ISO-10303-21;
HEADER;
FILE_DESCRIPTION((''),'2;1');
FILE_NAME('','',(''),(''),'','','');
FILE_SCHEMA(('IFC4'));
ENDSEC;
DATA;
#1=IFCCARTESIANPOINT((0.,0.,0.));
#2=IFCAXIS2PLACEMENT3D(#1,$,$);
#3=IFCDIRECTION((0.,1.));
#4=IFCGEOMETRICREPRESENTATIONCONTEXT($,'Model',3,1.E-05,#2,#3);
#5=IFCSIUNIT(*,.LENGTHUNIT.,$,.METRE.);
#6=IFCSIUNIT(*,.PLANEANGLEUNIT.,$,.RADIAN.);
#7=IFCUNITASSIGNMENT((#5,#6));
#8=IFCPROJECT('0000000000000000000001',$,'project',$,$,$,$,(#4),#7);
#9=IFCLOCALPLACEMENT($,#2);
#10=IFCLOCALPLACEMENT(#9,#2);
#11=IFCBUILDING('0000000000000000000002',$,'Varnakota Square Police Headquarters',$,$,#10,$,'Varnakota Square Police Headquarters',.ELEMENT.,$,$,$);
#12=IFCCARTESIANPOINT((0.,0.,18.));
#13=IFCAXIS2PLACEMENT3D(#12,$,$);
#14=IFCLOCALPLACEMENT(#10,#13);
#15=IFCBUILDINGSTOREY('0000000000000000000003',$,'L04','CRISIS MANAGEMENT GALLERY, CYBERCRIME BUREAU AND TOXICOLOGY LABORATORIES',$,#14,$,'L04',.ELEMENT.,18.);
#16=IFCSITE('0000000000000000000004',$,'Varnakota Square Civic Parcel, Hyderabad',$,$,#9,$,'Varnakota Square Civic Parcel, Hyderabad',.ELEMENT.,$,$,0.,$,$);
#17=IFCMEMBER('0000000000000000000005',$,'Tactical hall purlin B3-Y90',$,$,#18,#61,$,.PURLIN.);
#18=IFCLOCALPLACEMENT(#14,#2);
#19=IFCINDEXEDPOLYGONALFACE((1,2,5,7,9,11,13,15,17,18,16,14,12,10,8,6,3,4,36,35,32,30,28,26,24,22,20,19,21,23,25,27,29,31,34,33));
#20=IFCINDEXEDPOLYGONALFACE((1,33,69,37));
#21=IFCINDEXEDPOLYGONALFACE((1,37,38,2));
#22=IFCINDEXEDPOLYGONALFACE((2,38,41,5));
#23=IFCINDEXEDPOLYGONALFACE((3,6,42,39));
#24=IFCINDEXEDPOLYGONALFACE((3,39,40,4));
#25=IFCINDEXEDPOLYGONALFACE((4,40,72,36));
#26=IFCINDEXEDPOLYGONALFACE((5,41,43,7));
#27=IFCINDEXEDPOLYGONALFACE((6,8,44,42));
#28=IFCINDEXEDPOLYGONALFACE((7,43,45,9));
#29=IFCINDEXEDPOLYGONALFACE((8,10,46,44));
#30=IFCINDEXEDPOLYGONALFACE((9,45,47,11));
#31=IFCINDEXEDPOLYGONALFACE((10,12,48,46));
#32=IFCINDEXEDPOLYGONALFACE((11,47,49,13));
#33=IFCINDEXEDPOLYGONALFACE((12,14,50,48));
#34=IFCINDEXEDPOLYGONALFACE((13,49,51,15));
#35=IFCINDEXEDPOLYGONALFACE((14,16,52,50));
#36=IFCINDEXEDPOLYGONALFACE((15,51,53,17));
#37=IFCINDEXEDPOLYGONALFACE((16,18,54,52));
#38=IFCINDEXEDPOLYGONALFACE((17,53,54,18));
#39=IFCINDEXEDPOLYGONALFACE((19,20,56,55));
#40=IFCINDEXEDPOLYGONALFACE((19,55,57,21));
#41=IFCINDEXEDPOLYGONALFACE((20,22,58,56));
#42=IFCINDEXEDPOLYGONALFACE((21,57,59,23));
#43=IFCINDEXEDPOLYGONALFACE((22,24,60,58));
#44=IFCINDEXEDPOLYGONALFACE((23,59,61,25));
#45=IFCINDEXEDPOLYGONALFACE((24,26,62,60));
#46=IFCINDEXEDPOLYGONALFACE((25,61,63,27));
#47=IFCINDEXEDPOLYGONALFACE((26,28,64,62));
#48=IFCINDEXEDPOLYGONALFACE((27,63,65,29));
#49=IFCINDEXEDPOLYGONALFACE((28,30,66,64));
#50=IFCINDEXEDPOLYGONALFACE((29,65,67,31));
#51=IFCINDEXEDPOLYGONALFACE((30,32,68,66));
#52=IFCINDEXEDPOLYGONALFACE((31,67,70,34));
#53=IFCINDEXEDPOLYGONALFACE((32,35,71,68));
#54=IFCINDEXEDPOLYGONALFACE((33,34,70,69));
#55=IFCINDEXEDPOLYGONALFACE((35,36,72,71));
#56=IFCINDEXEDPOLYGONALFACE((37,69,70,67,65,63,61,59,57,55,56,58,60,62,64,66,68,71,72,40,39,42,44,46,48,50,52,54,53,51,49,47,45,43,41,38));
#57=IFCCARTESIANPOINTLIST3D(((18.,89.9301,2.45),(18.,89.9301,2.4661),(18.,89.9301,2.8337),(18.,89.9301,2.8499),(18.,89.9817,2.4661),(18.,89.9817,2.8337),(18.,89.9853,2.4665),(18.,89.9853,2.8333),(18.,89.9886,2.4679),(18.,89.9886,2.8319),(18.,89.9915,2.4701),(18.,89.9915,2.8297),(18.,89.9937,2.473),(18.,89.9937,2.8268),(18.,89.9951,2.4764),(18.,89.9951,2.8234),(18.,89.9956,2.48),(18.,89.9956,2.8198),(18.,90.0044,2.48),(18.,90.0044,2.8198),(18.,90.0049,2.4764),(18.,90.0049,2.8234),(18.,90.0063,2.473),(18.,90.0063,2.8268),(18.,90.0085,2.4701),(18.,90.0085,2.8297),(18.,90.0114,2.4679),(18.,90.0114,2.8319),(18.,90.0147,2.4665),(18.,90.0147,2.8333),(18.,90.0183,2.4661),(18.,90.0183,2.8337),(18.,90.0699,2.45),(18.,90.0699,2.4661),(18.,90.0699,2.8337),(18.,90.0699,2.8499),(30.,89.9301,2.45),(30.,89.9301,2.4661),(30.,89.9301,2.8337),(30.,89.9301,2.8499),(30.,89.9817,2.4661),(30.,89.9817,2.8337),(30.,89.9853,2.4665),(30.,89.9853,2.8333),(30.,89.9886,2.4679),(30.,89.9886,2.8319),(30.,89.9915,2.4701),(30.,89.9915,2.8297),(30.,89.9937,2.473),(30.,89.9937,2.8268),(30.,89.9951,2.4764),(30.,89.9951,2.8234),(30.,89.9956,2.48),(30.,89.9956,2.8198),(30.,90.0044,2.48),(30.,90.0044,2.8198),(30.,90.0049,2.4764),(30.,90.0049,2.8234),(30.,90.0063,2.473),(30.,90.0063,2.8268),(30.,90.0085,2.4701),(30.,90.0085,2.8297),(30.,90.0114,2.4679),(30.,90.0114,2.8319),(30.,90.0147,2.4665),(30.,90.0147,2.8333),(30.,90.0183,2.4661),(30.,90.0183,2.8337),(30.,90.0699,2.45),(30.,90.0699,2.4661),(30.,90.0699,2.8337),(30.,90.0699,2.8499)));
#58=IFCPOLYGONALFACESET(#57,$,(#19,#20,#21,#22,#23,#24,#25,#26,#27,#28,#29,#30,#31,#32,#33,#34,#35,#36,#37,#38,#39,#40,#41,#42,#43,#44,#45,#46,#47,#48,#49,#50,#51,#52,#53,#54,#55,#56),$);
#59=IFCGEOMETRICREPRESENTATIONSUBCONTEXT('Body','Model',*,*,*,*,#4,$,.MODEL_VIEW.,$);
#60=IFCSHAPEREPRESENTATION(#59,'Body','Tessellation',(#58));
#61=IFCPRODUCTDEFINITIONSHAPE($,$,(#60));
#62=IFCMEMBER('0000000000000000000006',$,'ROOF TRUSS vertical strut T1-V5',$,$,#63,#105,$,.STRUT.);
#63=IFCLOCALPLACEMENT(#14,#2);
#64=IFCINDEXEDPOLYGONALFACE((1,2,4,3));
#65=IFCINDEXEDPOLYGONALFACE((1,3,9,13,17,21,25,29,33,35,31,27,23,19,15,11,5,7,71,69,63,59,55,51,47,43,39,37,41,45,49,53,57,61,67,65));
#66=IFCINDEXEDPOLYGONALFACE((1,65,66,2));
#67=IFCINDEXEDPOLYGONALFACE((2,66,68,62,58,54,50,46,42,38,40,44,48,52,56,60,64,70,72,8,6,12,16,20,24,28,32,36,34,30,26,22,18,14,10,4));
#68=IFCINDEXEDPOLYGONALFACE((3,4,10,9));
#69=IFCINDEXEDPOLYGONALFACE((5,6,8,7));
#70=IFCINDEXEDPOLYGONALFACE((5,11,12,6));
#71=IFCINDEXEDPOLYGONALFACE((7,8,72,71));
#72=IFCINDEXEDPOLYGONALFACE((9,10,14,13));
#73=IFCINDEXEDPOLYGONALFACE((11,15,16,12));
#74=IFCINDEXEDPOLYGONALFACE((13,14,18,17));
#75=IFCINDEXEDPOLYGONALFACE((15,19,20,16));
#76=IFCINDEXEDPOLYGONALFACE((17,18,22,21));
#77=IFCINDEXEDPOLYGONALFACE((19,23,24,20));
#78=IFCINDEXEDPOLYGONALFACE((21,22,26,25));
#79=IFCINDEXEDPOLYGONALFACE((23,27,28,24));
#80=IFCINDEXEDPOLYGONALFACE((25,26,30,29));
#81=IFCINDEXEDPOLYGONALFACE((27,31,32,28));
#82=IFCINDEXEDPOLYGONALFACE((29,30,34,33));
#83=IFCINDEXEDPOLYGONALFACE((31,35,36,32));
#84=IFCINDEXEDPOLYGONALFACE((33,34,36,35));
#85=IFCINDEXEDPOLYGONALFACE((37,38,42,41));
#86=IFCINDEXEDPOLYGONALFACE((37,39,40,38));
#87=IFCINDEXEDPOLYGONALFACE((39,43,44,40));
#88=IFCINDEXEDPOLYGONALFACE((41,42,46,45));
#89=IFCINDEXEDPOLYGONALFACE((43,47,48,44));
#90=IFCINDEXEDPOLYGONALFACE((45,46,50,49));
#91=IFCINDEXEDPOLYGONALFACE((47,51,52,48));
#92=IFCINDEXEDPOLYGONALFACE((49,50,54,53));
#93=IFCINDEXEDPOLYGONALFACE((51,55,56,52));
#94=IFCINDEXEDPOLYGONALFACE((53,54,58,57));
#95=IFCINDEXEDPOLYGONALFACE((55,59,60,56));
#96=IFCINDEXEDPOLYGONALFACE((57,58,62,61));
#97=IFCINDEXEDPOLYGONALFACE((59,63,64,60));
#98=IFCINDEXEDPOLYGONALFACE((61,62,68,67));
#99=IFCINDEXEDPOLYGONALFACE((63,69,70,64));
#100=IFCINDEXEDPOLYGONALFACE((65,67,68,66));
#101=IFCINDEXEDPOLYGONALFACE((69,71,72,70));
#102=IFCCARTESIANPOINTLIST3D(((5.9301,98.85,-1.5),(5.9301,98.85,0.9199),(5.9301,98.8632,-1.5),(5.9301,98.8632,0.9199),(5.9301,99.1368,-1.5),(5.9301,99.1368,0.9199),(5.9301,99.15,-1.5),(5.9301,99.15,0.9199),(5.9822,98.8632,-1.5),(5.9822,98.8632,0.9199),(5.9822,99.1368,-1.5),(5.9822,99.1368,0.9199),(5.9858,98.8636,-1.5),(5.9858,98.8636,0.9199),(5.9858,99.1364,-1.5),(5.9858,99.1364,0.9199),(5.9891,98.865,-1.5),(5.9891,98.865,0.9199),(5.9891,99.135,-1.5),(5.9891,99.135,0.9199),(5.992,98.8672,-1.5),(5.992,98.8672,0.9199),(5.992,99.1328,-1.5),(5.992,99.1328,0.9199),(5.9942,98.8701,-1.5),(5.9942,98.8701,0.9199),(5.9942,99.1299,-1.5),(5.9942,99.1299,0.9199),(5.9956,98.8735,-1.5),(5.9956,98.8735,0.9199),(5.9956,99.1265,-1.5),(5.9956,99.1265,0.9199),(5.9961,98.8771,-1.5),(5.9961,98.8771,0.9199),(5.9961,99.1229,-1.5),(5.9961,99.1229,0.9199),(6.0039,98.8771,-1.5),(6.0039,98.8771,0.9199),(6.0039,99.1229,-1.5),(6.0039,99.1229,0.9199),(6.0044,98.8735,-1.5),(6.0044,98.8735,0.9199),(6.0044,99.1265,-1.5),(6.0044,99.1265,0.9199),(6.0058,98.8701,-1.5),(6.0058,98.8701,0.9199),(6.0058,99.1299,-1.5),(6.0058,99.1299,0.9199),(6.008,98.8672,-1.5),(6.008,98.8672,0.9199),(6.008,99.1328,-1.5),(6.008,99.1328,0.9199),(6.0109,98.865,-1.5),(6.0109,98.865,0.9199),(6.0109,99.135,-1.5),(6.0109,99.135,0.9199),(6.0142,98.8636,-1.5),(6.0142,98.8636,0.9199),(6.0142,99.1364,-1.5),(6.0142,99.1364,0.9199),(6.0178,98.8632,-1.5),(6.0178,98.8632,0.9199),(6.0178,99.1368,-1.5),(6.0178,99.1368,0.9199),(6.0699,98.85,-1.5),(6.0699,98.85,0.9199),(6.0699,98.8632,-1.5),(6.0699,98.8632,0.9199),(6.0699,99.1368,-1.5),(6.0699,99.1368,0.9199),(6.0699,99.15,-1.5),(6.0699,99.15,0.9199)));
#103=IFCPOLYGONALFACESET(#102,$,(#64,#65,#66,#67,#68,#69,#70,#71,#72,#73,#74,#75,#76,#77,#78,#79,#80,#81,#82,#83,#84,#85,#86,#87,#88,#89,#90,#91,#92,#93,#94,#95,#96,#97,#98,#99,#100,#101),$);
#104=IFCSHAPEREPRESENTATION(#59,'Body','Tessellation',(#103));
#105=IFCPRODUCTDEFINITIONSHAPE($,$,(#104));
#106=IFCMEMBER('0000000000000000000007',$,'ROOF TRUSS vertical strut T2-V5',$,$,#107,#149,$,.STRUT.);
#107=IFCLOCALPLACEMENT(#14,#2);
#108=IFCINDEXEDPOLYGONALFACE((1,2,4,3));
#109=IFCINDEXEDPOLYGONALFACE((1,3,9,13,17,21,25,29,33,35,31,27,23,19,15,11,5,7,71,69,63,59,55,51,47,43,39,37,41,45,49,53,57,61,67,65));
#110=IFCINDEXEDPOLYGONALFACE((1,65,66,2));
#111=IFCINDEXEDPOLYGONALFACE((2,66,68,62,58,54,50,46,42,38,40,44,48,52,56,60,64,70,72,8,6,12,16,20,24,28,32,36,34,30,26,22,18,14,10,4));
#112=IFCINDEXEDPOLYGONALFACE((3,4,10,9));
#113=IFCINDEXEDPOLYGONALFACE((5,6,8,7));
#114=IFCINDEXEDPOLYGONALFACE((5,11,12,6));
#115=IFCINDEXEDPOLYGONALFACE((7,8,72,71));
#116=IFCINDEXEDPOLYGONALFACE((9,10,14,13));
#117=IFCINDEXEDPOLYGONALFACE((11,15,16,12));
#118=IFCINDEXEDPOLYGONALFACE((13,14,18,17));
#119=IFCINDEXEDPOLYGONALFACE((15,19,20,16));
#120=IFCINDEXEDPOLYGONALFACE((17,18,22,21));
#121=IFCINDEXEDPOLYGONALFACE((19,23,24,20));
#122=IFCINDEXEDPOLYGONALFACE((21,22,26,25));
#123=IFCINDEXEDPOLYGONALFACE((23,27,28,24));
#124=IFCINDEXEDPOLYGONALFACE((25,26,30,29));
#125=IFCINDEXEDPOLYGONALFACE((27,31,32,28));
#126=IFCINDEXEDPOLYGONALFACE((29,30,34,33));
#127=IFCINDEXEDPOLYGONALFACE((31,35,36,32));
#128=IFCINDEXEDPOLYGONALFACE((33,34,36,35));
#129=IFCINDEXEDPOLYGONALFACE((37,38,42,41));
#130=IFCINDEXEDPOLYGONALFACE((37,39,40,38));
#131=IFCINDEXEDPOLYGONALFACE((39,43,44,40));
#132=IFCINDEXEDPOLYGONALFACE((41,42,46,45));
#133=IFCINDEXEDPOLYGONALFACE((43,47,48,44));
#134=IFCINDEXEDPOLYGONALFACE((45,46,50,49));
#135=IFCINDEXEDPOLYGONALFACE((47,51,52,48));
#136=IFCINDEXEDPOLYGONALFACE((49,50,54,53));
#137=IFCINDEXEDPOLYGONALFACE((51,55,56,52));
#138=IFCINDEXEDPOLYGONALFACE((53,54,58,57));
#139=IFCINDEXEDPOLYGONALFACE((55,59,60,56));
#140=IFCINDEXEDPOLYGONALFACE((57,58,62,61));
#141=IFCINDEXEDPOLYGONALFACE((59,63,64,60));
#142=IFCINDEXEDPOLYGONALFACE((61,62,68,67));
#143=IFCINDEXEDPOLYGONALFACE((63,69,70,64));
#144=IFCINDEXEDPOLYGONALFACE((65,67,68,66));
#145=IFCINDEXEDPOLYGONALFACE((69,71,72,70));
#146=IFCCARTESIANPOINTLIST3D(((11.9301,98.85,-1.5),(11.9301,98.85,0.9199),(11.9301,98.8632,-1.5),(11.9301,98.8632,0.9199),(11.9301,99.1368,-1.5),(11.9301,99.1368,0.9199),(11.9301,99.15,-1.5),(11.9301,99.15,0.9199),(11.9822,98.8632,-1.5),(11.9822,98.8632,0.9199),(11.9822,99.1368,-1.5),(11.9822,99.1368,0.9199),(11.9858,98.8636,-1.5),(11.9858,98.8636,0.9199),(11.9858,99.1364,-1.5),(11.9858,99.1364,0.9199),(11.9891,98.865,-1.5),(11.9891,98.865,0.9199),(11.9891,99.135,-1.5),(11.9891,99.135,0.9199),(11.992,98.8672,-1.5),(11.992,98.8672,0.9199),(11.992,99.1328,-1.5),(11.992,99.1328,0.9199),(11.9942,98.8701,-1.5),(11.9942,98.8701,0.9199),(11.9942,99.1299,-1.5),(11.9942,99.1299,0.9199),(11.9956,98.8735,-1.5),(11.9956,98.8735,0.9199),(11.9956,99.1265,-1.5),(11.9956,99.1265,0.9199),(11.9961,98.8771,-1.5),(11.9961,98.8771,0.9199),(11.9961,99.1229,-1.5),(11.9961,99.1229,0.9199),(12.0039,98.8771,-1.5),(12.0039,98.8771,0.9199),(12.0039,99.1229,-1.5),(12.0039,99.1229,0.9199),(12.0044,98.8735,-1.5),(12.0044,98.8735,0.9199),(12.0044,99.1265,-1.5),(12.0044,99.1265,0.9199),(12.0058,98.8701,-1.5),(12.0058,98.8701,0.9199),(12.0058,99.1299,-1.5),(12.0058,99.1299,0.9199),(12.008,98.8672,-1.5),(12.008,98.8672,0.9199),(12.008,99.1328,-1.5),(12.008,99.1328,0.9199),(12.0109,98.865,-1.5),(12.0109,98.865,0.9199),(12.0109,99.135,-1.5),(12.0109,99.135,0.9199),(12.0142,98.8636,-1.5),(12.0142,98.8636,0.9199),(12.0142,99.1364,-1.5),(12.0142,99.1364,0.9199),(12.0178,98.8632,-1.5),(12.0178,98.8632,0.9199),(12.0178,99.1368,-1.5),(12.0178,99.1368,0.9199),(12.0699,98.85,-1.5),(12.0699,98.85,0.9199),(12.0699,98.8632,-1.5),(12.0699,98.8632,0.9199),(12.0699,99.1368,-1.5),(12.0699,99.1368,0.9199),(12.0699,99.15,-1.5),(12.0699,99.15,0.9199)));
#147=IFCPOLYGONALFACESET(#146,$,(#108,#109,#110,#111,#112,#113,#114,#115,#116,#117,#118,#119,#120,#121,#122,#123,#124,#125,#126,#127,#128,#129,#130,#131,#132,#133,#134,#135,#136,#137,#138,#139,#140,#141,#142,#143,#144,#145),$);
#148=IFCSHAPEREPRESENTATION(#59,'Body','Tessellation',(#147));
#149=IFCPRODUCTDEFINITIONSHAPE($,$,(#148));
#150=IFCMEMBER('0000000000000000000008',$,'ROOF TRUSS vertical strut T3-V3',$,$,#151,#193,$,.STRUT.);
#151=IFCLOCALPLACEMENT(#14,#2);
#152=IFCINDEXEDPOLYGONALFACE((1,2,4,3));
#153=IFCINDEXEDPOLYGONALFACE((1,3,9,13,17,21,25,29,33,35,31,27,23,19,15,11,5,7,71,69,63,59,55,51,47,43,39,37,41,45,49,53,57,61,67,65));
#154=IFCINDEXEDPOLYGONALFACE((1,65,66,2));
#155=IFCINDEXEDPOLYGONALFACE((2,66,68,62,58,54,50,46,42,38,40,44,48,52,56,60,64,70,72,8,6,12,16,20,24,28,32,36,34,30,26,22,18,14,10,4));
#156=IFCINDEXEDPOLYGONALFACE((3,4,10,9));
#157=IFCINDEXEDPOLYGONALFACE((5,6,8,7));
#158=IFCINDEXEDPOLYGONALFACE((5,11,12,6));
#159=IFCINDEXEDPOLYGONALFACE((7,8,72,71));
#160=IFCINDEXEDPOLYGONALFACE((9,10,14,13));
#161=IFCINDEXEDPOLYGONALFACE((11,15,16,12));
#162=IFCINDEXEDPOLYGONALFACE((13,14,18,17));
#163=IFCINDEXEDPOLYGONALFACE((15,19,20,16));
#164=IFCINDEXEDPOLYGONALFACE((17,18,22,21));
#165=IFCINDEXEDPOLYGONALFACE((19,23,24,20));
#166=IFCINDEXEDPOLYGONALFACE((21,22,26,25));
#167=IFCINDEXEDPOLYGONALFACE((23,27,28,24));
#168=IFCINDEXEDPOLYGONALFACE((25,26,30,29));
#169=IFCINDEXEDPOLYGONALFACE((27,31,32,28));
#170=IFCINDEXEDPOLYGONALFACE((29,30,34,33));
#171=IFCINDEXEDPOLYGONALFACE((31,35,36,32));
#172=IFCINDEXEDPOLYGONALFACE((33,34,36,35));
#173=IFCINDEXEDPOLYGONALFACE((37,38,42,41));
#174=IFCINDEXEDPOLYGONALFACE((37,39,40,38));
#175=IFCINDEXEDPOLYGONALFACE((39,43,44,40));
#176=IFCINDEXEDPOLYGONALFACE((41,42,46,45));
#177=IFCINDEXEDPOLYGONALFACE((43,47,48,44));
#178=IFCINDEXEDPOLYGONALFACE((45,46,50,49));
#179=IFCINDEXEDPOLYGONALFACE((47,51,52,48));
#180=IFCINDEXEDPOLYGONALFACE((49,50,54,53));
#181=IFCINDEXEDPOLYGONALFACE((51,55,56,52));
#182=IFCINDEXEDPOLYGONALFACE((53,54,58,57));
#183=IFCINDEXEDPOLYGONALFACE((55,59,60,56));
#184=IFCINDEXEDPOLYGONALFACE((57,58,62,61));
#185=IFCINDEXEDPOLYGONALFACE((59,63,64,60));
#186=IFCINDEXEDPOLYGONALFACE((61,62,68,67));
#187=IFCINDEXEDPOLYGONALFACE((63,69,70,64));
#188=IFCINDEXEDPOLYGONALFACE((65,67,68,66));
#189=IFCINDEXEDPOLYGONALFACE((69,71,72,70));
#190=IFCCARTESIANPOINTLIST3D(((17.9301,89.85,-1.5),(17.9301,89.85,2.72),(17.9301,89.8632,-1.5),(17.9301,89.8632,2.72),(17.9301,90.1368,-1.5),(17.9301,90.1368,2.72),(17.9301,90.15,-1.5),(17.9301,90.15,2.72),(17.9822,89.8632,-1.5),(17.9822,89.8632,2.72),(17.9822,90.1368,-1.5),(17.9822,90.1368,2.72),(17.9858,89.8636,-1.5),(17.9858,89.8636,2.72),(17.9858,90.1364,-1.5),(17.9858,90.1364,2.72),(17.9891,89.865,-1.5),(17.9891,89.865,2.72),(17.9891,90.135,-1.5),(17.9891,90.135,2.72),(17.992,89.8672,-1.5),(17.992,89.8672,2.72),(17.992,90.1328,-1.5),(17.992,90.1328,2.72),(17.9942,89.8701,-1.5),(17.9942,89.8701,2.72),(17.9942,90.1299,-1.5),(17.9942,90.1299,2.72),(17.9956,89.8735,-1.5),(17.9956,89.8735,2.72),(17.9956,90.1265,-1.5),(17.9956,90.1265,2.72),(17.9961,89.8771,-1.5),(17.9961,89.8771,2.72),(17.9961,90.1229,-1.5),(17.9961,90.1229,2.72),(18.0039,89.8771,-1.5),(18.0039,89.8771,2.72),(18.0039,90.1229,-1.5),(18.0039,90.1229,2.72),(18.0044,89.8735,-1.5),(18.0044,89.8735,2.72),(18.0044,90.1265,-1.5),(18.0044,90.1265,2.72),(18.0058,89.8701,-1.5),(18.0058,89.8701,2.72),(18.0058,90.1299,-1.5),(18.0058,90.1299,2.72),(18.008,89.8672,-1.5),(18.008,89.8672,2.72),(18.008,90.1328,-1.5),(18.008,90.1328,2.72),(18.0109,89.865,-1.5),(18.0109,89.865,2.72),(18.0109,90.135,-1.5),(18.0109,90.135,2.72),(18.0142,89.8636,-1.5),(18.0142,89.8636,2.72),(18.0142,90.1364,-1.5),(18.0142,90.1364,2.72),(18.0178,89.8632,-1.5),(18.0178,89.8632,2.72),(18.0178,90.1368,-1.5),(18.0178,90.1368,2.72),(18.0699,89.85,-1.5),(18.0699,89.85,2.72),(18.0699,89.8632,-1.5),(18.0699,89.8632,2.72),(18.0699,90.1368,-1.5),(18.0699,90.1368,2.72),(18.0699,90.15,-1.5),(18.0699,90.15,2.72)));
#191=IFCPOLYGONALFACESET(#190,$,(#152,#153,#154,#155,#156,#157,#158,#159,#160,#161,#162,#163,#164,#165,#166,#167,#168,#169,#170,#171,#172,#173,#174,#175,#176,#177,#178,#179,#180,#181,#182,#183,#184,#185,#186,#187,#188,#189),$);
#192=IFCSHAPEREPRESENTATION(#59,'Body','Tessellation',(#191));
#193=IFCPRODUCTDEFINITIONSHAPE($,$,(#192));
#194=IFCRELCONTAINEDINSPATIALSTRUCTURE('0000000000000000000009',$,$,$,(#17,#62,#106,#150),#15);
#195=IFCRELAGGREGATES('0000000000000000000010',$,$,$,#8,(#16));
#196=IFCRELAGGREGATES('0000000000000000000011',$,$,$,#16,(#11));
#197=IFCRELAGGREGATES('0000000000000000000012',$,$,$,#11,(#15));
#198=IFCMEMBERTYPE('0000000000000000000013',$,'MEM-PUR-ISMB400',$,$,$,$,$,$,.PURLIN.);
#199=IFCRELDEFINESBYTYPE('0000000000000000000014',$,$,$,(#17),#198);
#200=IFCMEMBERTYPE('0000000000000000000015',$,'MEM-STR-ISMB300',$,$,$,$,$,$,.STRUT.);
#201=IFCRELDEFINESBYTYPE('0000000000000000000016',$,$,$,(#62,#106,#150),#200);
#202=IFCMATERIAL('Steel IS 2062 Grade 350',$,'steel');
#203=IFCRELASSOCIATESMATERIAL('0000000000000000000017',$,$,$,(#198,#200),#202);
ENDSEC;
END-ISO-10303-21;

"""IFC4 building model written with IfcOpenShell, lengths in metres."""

from ifc_helpers import new_model, si_unit, direction, frame, origin, origin_2d, place, context, subcontext, project, spatial, i_section, extrude, material, material_profile, profile_set, type_object, element, save


model = new_model("IFC4")

# Units and contexts
model_context = context("Model", 3, precision=1e-05, world=origin(), true_north=direction((0.0, 1.0)))
body_context = subcontext(model_context, "Body", "Model", "MODEL_VIEW")
ifc_project = project(units=[si_unit("LENGTHUNIT", "METRE"), si_unit("PLANEANGLEUNIT", "RADIAN")], contexts=[model_context])

# Site, building, storey
site_placement = place(None, origin())
site = spatial("IfcSite", under=ifc_project, at=site_placement, Name="Varnakota Square Civic Parcel, Hyderabad", LongName="Varnakota Square Civic Parcel, Hyderabad", CompositionType="ELEMENT", RefElevation=0.0)
building_placement = place(site_placement, origin())
building = spatial("IfcBuilding", under=site, at=building_placement, Name="Varnakota Square Police Headquarters", LongName="Varnakota Square Police Headquarters", CompositionType="ELEMENT")
storey_placement = place(building_placement, frame((0.0, 0.0, 18.0)))
storey = spatial("IfcBuildingStorey", under=building, at=storey_placement, Name="L04", Description="CRISIS MANAGEMENT GALLERY, CYBERCRIME BUREAU AND TOXICOLOGY LABORATORIES", LongName="L04", CompositionType="ELEMENT", Elevation=18.0)

# Shared definitions
ifc_material_1 = material(Name="Steel IS 2062 Grade 350", Category="steel")

# Members
ifc_material_profile_1 = material_profile(ifc_material_1, i_section(OverallWidth=0.1399, OverallDepth=0.3999, WebThickness=0.0088, FlangeThickness=0.0161, FilletRadius=0.0139, at=origin_2d()), Name="ISMB 400")
ifc_profile_set_1 = profile_set([ifc_material_profile_1], Name="Steel IS 2062 Grade 350")
member_type_1 = type_object("IfcMemberType", Name="MEM-PUR-ISMB400", PredefinedType="PURLIN", material=ifc_profile_set_1)
member_1_placement = place(storey_placement, frame((18.0, 90.0, 2.6499), z_axis=(1.0, 0.0, 0.0), x_axis=(0.0, 1.0, 0.0)))
element("IfcMember", 1, at=member_1_placement, inside=storey, type_object=member_type_1, Name="Tactical hall purlin B3-Y90", PredefinedType="PURLIN", context=body_context, shape_type="SweptSolid", body=[
    extrude(i_section(OverallWidth=0.1399, OverallDepth=0.3999, WebThickness=0.0088, FlangeThickness=0.0161, FilletRadius=0.0139, at=origin_2d()), origin(), (0.0, 0.0, 1.0), 12.0),
])
ifc_material_profile_2 = material_profile(ifc_material_1, i_section(OverallWidth=0.1399, OverallDepth=0.3, WebThickness=0.0078, FlangeThickness=0.0132, FilletRadius=0.0139, at=origin_2d()), Name="ISMB 300")
ifc_profile_set_2 = profile_set([ifc_material_profile_2], Name="Steel IS 2062 Grade 350")
member_type_2 = type_object("IfcMemberType", Name="MEM-STR-ISMB300", PredefinedType="STRUT", material=ifc_profile_set_2)
for number, where, z_axis, x_axis, name in (
    (2, (6.0, 99.0, -1.5), (0.0, 0.0, 1.0), (1.0, 0.0, 0.0), "ROOF TRUSS vertical strut T1-V5"),
    (3, (12.0, 99.0, -1.5), (0.0, 0.0, 1.0), (1.0, 0.0, 0.0), "ROOF TRUSS vertical strut T2-V5"),
):
    element("IfcMember", number, at=place(storey_placement, frame(where, z_axis=z_axis, x_axis=x_axis)), inside=storey, type_object=member_type_2, Name=name, PredefinedType="STRUT", context=body_context, shape_type="SweptSolid", body=[
        extrude(i_section(OverallWidth=0.1399, OverallDepth=0.3, WebThickness=0.0078, FlangeThickness=0.0132, FilletRadius=0.0139, at=origin_2d()), origin(), (0.0, 0.0, 1.0), 2.4199),
    ])
member_2_placement = place(storey_placement, frame((18.0, 90.0, -1.5), z_axis=(0.0, 0.0, 1.0), x_axis=(1.0, 0.0, 0.0)))
element("IfcMember", 4, at=member_2_placement, inside=storey, type_object=member_type_2, Name="ROOF TRUSS vertical strut T3-V3", PredefinedType="STRUT", context=body_context, shape_type="SweptSolid", body=[
    extrude(i_section(OverallWidth=0.1399, OverallDepth=0.3, WebThickness=0.0078, FlangeThickness=0.0132, FilletRadius=0.0139, at=origin_2d()), origin(), (0.0, 0.0, 1.0), 4.22),
])

save(model, "model.ifc")
